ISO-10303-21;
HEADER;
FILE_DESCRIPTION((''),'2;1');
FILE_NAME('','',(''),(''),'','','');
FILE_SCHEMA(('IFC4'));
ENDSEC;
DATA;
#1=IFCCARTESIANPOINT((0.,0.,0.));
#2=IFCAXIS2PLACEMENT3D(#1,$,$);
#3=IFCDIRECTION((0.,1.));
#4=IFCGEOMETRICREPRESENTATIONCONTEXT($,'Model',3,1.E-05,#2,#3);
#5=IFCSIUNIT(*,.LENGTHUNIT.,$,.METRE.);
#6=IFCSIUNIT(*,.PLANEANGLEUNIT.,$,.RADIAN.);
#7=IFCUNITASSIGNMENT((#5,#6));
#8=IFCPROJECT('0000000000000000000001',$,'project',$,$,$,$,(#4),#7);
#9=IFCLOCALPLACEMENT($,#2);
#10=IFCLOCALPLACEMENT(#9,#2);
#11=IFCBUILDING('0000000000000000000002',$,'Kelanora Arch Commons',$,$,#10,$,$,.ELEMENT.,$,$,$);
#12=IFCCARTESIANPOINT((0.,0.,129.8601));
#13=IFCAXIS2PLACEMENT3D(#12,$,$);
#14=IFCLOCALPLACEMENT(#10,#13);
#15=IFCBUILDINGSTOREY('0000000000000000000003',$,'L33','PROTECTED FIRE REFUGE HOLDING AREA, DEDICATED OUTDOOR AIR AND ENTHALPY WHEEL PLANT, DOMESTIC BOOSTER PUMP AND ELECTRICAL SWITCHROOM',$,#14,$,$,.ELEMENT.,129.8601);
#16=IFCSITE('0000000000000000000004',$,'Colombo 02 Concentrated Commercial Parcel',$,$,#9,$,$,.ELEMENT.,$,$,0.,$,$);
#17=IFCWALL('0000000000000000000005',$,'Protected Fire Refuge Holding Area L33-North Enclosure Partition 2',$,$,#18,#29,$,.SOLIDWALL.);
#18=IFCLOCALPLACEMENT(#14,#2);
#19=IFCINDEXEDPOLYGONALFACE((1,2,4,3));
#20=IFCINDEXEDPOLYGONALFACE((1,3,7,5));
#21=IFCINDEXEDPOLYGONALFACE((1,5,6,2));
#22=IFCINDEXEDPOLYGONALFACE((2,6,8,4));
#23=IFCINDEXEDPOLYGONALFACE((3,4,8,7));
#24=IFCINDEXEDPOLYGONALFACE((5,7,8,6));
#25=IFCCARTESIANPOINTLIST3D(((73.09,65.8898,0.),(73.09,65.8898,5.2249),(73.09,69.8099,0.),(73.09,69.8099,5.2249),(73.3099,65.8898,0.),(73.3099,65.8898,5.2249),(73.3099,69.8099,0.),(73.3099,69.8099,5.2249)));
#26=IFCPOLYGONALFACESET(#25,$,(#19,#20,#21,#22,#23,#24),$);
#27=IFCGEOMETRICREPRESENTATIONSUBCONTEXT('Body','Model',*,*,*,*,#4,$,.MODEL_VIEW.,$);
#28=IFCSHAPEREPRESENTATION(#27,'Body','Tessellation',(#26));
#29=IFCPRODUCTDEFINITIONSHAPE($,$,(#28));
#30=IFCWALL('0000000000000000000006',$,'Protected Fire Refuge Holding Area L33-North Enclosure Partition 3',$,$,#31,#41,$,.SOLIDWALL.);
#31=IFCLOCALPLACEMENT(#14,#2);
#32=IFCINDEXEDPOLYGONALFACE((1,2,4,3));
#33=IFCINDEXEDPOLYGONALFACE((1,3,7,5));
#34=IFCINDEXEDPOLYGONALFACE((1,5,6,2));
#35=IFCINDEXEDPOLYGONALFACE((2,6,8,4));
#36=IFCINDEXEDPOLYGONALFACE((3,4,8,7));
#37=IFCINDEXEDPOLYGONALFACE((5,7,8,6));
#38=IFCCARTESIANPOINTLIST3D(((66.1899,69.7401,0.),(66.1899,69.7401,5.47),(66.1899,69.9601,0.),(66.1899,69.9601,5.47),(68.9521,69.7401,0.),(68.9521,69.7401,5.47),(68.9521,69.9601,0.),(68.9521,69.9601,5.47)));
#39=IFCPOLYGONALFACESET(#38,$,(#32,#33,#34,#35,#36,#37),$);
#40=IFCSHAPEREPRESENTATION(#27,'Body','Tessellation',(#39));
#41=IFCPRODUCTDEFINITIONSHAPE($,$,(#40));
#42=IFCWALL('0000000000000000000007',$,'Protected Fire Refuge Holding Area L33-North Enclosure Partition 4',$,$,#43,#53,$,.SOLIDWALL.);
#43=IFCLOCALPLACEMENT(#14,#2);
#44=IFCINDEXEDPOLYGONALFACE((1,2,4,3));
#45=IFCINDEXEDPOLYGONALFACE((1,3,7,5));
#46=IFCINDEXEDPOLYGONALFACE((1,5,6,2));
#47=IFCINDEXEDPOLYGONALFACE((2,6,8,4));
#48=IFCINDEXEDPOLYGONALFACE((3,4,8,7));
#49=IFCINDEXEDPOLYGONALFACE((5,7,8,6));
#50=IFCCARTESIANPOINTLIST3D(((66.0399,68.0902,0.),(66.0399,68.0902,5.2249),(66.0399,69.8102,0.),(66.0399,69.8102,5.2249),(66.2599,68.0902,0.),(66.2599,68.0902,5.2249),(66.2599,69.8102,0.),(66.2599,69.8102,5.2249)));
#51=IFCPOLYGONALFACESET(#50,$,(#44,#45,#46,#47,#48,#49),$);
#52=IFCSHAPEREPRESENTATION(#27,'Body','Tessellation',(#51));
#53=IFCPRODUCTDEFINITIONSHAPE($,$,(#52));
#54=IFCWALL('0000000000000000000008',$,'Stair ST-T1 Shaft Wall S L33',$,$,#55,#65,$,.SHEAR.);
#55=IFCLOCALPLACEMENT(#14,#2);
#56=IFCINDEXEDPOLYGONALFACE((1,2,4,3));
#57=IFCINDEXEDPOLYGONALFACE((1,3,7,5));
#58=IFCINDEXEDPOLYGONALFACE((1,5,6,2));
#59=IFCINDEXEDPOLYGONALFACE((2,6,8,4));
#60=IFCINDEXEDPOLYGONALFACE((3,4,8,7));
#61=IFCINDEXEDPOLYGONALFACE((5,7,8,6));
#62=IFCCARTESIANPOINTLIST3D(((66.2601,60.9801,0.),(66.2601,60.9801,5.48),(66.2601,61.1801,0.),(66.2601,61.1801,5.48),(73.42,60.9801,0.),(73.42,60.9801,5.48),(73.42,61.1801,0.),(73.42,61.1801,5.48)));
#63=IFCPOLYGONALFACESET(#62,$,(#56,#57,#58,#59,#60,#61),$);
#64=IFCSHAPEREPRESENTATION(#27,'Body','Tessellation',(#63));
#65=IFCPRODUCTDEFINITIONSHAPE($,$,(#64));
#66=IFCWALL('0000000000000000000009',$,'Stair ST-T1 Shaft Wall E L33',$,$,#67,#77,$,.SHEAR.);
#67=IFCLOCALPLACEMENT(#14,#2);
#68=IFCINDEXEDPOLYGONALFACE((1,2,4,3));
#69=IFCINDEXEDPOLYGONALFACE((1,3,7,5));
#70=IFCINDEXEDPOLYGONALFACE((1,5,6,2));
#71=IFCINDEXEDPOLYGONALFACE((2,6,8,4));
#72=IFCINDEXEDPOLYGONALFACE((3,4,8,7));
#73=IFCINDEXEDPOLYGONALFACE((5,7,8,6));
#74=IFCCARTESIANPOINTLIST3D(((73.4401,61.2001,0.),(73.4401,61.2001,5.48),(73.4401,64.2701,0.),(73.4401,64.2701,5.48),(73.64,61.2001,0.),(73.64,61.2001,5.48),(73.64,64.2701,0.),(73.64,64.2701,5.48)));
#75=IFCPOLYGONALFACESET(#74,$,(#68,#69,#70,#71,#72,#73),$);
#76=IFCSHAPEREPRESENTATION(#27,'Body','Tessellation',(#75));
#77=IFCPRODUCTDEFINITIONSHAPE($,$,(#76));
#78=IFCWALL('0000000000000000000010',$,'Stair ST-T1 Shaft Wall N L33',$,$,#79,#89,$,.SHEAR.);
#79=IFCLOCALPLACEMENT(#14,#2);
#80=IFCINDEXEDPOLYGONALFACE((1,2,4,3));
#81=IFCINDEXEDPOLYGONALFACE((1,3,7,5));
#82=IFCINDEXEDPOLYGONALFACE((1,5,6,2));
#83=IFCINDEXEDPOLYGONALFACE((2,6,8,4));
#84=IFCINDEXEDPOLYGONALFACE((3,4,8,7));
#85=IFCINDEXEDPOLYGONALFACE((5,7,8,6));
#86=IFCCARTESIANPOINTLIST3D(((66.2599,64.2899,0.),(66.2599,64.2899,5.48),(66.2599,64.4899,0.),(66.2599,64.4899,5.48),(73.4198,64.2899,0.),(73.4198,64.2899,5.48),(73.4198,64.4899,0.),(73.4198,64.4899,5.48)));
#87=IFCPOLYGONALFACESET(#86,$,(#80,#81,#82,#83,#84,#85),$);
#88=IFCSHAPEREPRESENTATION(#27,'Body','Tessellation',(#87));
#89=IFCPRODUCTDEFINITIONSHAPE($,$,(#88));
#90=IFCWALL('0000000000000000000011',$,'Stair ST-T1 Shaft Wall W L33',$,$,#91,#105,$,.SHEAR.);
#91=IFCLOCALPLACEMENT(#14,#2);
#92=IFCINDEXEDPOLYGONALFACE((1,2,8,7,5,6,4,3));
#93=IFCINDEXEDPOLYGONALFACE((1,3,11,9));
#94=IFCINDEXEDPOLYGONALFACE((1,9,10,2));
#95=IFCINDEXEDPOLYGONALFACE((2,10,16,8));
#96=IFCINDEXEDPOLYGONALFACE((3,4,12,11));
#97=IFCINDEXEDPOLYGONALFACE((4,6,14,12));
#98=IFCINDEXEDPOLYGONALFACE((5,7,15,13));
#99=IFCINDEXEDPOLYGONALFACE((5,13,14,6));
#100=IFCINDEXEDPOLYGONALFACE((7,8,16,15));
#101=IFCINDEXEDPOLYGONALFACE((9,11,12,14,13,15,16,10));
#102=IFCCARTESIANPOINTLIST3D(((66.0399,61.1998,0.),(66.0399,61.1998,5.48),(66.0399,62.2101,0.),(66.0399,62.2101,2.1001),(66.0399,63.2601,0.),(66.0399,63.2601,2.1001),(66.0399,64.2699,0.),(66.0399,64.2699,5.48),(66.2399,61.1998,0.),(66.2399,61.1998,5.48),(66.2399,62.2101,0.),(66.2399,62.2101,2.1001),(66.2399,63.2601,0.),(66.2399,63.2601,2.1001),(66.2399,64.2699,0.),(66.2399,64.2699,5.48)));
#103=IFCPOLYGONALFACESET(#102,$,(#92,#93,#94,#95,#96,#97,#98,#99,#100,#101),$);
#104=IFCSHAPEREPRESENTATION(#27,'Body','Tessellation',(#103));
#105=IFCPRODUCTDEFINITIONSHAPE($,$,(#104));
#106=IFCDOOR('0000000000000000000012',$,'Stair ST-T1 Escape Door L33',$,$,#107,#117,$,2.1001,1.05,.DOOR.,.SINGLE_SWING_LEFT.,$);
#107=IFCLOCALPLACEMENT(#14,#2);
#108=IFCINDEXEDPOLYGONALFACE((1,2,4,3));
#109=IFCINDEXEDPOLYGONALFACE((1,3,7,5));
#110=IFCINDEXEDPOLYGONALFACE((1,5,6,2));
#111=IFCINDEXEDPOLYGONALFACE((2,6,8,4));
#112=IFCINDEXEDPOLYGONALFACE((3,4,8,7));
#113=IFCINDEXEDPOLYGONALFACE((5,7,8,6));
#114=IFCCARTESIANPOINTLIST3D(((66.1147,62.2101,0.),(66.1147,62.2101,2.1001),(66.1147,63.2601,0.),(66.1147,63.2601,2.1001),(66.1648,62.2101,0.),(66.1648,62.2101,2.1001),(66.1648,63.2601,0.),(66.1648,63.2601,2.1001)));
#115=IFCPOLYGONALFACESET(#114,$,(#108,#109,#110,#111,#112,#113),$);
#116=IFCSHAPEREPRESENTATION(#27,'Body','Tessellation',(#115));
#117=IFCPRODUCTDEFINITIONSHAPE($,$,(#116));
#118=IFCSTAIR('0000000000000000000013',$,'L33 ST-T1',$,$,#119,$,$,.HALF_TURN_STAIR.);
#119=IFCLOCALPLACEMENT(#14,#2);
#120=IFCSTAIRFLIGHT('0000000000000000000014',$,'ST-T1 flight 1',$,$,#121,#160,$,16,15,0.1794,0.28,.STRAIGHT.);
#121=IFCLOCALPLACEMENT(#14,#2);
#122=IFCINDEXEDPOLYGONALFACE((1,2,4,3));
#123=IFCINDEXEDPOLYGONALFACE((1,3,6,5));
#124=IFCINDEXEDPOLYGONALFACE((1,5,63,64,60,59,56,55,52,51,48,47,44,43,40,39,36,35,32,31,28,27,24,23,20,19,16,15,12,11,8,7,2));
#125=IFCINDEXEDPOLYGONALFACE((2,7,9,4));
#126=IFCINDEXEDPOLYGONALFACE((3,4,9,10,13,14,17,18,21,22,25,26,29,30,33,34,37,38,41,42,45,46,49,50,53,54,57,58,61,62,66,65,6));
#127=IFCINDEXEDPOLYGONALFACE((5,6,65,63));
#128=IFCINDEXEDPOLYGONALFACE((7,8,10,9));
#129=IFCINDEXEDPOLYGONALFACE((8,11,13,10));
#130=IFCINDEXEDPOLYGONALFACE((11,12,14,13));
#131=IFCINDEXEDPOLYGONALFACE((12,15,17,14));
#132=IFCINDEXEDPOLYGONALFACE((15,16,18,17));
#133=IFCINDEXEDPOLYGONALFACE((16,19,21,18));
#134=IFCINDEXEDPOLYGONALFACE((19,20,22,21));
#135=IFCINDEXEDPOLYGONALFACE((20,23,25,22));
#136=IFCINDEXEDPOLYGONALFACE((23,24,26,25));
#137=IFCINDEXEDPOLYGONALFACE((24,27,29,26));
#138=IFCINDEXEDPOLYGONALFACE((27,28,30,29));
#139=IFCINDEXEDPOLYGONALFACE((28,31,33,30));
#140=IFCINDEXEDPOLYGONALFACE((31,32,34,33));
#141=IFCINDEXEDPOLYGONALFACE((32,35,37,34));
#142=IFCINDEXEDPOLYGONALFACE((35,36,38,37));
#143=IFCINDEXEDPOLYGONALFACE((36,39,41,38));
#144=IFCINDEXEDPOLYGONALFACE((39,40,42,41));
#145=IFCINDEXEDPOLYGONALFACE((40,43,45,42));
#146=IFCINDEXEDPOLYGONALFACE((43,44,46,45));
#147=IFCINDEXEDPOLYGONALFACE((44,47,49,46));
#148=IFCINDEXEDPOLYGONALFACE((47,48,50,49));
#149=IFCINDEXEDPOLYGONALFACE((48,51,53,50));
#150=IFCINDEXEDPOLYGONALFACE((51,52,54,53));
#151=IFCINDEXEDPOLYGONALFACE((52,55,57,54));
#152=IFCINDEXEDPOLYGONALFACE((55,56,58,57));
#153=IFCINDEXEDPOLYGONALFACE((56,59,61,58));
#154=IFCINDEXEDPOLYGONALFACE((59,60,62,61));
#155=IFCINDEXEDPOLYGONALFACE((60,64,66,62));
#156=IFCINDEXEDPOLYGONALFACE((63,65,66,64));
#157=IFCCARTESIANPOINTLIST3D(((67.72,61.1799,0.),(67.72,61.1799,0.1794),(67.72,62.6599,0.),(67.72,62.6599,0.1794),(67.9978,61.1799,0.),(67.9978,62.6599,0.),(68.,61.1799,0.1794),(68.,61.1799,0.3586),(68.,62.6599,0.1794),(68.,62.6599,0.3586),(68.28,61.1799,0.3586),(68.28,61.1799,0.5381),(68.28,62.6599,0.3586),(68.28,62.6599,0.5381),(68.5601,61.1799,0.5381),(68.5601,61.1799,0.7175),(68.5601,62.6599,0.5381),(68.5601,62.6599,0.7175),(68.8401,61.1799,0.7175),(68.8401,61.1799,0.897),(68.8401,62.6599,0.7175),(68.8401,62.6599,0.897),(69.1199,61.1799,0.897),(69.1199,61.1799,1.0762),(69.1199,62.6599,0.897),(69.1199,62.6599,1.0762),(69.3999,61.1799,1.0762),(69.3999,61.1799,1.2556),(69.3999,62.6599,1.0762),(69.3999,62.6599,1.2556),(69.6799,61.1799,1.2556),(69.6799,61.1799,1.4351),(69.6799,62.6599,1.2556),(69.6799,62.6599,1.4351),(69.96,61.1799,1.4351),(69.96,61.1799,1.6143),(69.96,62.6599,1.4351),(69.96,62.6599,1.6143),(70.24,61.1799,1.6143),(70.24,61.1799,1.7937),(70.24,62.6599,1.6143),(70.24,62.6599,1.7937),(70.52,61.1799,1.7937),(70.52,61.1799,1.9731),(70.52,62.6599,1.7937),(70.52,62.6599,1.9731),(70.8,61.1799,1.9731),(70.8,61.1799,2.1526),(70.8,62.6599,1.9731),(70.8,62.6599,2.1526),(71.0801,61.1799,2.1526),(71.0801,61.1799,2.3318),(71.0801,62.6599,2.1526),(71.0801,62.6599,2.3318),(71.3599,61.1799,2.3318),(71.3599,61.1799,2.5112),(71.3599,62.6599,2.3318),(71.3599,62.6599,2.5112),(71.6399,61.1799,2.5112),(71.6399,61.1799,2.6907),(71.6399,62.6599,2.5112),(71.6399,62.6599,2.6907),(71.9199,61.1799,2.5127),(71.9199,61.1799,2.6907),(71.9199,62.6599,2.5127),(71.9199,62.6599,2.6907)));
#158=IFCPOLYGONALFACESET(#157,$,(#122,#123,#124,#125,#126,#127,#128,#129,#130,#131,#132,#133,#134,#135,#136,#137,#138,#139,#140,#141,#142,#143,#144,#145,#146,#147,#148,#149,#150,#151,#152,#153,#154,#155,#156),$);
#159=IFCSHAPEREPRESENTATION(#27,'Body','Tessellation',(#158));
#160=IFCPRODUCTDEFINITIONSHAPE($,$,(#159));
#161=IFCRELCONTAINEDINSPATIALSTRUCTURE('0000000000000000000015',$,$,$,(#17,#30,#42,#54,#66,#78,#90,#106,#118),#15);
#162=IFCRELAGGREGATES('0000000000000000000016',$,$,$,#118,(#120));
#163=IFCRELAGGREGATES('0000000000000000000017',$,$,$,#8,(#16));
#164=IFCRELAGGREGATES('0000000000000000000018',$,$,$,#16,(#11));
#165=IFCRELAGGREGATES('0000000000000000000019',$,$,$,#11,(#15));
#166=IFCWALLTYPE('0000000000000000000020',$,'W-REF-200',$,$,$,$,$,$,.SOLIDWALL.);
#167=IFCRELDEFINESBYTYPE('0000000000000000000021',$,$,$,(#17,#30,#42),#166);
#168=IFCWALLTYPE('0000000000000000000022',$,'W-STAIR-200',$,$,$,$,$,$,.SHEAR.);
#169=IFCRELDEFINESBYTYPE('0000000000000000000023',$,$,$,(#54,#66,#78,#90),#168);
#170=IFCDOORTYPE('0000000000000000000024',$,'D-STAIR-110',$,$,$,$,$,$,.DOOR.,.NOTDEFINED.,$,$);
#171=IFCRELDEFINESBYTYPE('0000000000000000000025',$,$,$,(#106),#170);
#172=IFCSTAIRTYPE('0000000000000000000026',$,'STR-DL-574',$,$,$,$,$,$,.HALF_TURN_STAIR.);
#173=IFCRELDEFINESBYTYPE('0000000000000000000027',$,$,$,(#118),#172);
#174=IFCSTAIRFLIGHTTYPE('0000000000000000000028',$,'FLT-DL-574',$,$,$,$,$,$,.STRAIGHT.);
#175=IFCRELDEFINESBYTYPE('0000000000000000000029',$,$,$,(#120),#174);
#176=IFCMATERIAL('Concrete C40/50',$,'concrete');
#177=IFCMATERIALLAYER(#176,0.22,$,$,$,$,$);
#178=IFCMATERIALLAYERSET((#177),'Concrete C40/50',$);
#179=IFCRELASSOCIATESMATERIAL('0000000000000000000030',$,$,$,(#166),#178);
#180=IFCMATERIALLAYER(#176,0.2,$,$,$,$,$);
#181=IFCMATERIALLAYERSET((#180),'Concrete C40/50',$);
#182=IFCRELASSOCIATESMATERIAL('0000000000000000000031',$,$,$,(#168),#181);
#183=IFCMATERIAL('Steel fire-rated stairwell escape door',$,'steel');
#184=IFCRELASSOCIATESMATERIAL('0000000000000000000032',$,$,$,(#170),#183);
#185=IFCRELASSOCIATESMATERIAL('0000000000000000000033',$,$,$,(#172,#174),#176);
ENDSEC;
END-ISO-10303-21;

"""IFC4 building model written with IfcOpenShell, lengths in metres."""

from ifc_helpers import new_model, si_unit, direction, frame, frame_2d, origin, place, context, subcontext, project, spatial, polyline, rectangle, outline, extrude, material, layer, layer_set, type_object, element, fill, aggregate, save


model = new_model("IFC4")

# Units and contexts
model_context = context("Model", 3, precision=1e-05, world=origin(), true_north=direction((0.0, 1.0)))
body_context = subcontext(model_context, "Body", "Model", "MODEL_VIEW")
ifc_project = project(units=[si_unit("LENGTHUNIT", "METRE"), si_unit("PLANEANGLEUNIT", "RADIAN")], contexts=[model_context])

# Site, building, storey
site_placement = place(None, origin())
site = spatial("IfcSite", under=ifc_project, at=site_placement, Name="Colombo 02 Concentrated Commercial Parcel", CompositionType="ELEMENT", RefElevation=0.0)
building_placement = place(site_placement, origin())
building = spatial("IfcBuilding", under=site, at=building_placement, Name="Kelanora Arch Commons", CompositionType="ELEMENT")
storey_placement = place(building_placement, frame((0.0, 0.0, 129.8601)))
storey = spatial("IfcBuildingStorey", under=building, at=storey_placement, Name="L33", Description="PROTECTED FIRE REFUGE HOLDING AREA, DEDICATED OUTDOOR AIR AND ENTHALPY WHEEL PLANT, DOMESTIC BOOSTER PUMP AND ELECTRICAL SWITCHROOM", CompositionType="ELEMENT", Elevation=129.8601)

# Shared definitions
ifc_material_1 = material(Name="Concrete C40/50", Category="concrete")
ifc_layer_1 = layer(ifc_material_1, 0.22)
ifc_layer_set_1 = layer_set([ifc_layer_1], Name="Concrete C40/50")
wall_type_1 = type_object("IfcWallType", Name="W-REF-200", PredefinedType="SOLIDWALL", material=ifc_layer_set_1)

# Walls
wall_1_placement = place(storey_placement, frame((73.2, 65.8899, 0.0), z_axis=(0.0, 0.0, 1.0), x_axis=(0.0, 1.0, 0.0)))
element("IfcWall", 1, at=wall_1_placement, inside=storey, type_object=wall_type_1, Name="Protected Fire Refuge Holding Area L33-North Enclosure Partition 2", PredefinedType="SOLIDWALL", context=body_context, shape_type="SweptSolid", body=[
    extrude(rectangle(XDim=3.9202, YDim=0.22, at=frame_2d((1.96, 0.0))), origin(), (0.0, 0.0, 1.0), 5.2249),
])
wall_2_placement = place(storey_placement, frame((68.9521, 69.8501, 0.0), z_axis=(0.0, 0.0, 1.0), x_axis=(-1.0, 0.0, 0.0)))
element("IfcWall", 2, at=wall_2_placement, inside=storey, type_object=wall_type_1, Name="Protected Fire Refuge Holding Area L33-North Enclosure Partition 3", PredefinedType="SOLIDWALL", context=body_context, shape_type="SweptSolid", body=[
    extrude(rectangle(XDim=2.7622, YDim=0.22, at=frame_2d((1.3811, 0.0))), origin(), (0.0, 0.0, 1.0), 5.47),
])
wall_3_placement = place(storey_placement, frame((66.1499, 69.8101, 0.0), z_axis=(0.0, 0.0, 1.0), x_axis=(0.0, -1.0, 0.0)))
element("IfcWall", 3, at=wall_3_placement, inside=storey, type_object=wall_type_1, Name="Protected Fire Refuge Holding Area L33-North Enclosure Partition 4", PredefinedType="SOLIDWALL", context=body_context, shape_type="SweptSolid", body=[
    extrude(rectangle(XDim=1.72, YDim=0.22, at=frame_2d((0.8599, 0.0))), origin(), (0.0, 0.0, 1.0), 5.2249),
])
ifc_layer_2 = layer(ifc_material_1, 0.2)
ifc_layer_set_2 = layer_set([ifc_layer_2], Name="Concrete C40/50")
wall_type_2 = type_object("IfcWallType", Name="W-STAIR-200", PredefinedType="SHEAR", material=ifc_layer_set_2)
wall_4_placement = place(storey_placement, frame((66.26, 61.0801, 0.0), z_axis=(0.0, 0.0, 1.0), x_axis=(1.0, 0.0, 0.0)))
element("IfcWall", 4, at=wall_4_placement, inside=storey, type_object=wall_type_2, Name="Stair ST-T1 Shaft Wall S L33", PredefinedType="SHEAR", context=body_context, shape_type="SweptSolid", body=[
    extrude(rectangle(XDim=7.1599, YDim=0.2, at=frame_2d((3.5801, 0.0))), origin(), (0.0, 0.0, 1.0), 5.48),
])
wall_5_placement = place(storey_placement, frame((73.54, 61.2, 0.0), z_axis=(0.0, 0.0, 1.0), x_axis=(0.0, 1.0, 0.0)))
element("IfcWall", 5, at=wall_5_placement, inside=storey, type_object=wall_type_2, Name="Stair ST-T1 Shaft Wall E L33", PredefinedType="SHEAR", context=body_context, shape_type="SweptSolid", body=[
    extrude(rectangle(XDim=3.0701, YDim=0.2, at=frame_2d((1.5352, 0.0))), origin(), (0.0, 0.0, 1.0), 5.48),
])
wall_6_placement = place(storey_placement, frame((73.4199, 64.3899, 0.0), z_axis=(0.0, 0.0, 1.0), x_axis=(-1.0, 0.0, 0.0)))
element("IfcWall", 6, at=wall_6_placement, inside=storey, type_object=wall_type_2, Name="Stair ST-T1 Shaft Wall N L33", PredefinedType="SHEAR", context=body_context, shape_type="SweptSolid", body=[
    extrude(rectangle(XDim=7.1599, YDim=0.2, at=frame_2d((3.5801, 0.0))), origin(), (0.0, 0.0, 1.0), 5.48),
])

# Wall, opening, door
wall_7_placement = place(storey_placement, frame((66.1399, 64.27, 0.0), z_axis=(0.0, 0.0, 1.0), x_axis=(0.0, -1.0, 0.0)))
wall_7 = element("IfcWall", 7, at=wall_7_placement, inside=storey, type_object=wall_type_2, Name="Stair ST-T1 Shaft Wall W L33", PredefinedType="SHEAR", context=body_context, shape_type="SweptSolid", body=[
    extrude(rectangle(XDim=3.0701, YDim=0.2, at=frame_2d((1.5352, 0.0))), origin(), (0.0, 0.0, 1.0), 5.48),
])
opening_1_placement = place(wall_7_placement, frame((1.01, 0.0, 0.0)))
opening_1 = element("IfcOpeningElement", 8, at=opening_1_placement, cuts=wall_7, PredefinedType="OPENING", context=body_context, shape_type="SweptSolid", body=[
    extrude(rectangle(XDim=1.05, YDim=2.1001, at=frame_2d((0.5249, 1.05))), frame((0.0, 0.1099, 0.0), z_axis=(0.0, -1.0, 0.0), x_axis=(1.0, 0.0, 0.0)), (0.0, 0.0, 1.0), 0.22),
])
ifc_material_2 = material(Name="Steel fire-rated stairwell escape door", Category="steel")
door_type_1 = type_object("IfcDoorType", Name="D-STAIR-110", OperationType="NOTDEFINED", PredefinedType="DOOR", material=ifc_material_2)
door_1_placement = place(opening_1_placement, origin())
door_1 = element("IfcDoor", 9, at=door_1_placement, inside=storey, type_object=door_type_1, Name="Stair ST-T1 Escape Door L33", OperationType="SINGLE_SWING_LEFT", OverallHeight=2.1001, OverallWidth=1.05, PredefinedType="DOOR", context=body_context, shape_type="SweptSolid", body=[
    extrude(rectangle(XDim=1.05, YDim=2.1001, at=frame_2d((0.5249, 1.05))), frame((0.0, 0.0249, 0.0), z_axis=(0.0, -1.0, 0.0), x_axis=(1.0, 0.0, 0.0)), (0.0, 0.0, 1.0), 0.05),
])
fill(opening_1, door_1)

# Stair, stair flight
stair_type = type_object("IfcStairType", Name="STR-DL-574", PredefinedType="HALF_TURN_STAIR", material=ifc_material_1)
stair_placement = place(storey_placement, origin())
stair = element("IfcStair", 10, at=stair_placement, inside=storey, type_object=stair_type, Name="L33 ST-T1", PredefinedType="HALF_TURN_STAIR")
stair_flight_type = type_object("IfcStairFlightType", Name="FLT-DL-574", PredefinedType="STRAIGHT", material=ifc_material_1)
stair_flight_1_placement = place(storey_placement, frame((67.72, 61.9199, 0.0), z_axis=(0.0, 0.0, 1.0), x_axis=(1.0, 0.0, 0.0)))
stair_flight_1 = element("IfcStairFlight", 11, at=stair_flight_1_placement, type_object=stair_flight_type, Name="ST-T1 flight 1", NumberOfRisers=16, NumberOfTreads=15, PredefinedType="STRAIGHT", RiserHeight=0.1794, TreadLength=0.28, context=body_context, shape_type="SweptSolid", body=[
    extrude(outline(polyline([(0.0, 0.0), (0.0, 0.1794), (0.28, 0.1794), (0.28, 0.3586), (0.5601, 0.3586), (0.5601, 0.5381), (0.8401, 0.5381), (0.8401, 0.7175), (1.1201, 0.7175), (1.1201, 0.897), (1.3999, 0.897), (1.3999, 1.0762), (1.6799, 1.0762), (1.6799, 1.2556), (1.96, 1.2556), (1.96, 1.4351), (2.24, 1.4351), (2.24, 1.6143), (2.52, 1.6143), (2.52, 1.7937), (2.8, 1.7937), (2.8, 1.9731), (3.0801, 1.9731), (3.0801, 2.1526), (3.3601, 2.1526), (3.3601, 2.3318), (3.6399, 2.3318), (3.6399, 2.5112), (3.9199, 2.5112), (3.9199, 2.6907), (4.2, 2.6907), (4.2, 2.8701), (4.2, 2.5127), (0.2778, 0.0), (0.0, 0.0)])), frame((0.0, 0.74, 0.0), z_axis=(0.0, -1.0, 0.0), x_axis=(1.0, 0.0, 0.0)), (0.0, 0.0, 1.0), 1.48),
])
aggregate(stair, [stair_flight_1])

save(model, "model.ifc")
